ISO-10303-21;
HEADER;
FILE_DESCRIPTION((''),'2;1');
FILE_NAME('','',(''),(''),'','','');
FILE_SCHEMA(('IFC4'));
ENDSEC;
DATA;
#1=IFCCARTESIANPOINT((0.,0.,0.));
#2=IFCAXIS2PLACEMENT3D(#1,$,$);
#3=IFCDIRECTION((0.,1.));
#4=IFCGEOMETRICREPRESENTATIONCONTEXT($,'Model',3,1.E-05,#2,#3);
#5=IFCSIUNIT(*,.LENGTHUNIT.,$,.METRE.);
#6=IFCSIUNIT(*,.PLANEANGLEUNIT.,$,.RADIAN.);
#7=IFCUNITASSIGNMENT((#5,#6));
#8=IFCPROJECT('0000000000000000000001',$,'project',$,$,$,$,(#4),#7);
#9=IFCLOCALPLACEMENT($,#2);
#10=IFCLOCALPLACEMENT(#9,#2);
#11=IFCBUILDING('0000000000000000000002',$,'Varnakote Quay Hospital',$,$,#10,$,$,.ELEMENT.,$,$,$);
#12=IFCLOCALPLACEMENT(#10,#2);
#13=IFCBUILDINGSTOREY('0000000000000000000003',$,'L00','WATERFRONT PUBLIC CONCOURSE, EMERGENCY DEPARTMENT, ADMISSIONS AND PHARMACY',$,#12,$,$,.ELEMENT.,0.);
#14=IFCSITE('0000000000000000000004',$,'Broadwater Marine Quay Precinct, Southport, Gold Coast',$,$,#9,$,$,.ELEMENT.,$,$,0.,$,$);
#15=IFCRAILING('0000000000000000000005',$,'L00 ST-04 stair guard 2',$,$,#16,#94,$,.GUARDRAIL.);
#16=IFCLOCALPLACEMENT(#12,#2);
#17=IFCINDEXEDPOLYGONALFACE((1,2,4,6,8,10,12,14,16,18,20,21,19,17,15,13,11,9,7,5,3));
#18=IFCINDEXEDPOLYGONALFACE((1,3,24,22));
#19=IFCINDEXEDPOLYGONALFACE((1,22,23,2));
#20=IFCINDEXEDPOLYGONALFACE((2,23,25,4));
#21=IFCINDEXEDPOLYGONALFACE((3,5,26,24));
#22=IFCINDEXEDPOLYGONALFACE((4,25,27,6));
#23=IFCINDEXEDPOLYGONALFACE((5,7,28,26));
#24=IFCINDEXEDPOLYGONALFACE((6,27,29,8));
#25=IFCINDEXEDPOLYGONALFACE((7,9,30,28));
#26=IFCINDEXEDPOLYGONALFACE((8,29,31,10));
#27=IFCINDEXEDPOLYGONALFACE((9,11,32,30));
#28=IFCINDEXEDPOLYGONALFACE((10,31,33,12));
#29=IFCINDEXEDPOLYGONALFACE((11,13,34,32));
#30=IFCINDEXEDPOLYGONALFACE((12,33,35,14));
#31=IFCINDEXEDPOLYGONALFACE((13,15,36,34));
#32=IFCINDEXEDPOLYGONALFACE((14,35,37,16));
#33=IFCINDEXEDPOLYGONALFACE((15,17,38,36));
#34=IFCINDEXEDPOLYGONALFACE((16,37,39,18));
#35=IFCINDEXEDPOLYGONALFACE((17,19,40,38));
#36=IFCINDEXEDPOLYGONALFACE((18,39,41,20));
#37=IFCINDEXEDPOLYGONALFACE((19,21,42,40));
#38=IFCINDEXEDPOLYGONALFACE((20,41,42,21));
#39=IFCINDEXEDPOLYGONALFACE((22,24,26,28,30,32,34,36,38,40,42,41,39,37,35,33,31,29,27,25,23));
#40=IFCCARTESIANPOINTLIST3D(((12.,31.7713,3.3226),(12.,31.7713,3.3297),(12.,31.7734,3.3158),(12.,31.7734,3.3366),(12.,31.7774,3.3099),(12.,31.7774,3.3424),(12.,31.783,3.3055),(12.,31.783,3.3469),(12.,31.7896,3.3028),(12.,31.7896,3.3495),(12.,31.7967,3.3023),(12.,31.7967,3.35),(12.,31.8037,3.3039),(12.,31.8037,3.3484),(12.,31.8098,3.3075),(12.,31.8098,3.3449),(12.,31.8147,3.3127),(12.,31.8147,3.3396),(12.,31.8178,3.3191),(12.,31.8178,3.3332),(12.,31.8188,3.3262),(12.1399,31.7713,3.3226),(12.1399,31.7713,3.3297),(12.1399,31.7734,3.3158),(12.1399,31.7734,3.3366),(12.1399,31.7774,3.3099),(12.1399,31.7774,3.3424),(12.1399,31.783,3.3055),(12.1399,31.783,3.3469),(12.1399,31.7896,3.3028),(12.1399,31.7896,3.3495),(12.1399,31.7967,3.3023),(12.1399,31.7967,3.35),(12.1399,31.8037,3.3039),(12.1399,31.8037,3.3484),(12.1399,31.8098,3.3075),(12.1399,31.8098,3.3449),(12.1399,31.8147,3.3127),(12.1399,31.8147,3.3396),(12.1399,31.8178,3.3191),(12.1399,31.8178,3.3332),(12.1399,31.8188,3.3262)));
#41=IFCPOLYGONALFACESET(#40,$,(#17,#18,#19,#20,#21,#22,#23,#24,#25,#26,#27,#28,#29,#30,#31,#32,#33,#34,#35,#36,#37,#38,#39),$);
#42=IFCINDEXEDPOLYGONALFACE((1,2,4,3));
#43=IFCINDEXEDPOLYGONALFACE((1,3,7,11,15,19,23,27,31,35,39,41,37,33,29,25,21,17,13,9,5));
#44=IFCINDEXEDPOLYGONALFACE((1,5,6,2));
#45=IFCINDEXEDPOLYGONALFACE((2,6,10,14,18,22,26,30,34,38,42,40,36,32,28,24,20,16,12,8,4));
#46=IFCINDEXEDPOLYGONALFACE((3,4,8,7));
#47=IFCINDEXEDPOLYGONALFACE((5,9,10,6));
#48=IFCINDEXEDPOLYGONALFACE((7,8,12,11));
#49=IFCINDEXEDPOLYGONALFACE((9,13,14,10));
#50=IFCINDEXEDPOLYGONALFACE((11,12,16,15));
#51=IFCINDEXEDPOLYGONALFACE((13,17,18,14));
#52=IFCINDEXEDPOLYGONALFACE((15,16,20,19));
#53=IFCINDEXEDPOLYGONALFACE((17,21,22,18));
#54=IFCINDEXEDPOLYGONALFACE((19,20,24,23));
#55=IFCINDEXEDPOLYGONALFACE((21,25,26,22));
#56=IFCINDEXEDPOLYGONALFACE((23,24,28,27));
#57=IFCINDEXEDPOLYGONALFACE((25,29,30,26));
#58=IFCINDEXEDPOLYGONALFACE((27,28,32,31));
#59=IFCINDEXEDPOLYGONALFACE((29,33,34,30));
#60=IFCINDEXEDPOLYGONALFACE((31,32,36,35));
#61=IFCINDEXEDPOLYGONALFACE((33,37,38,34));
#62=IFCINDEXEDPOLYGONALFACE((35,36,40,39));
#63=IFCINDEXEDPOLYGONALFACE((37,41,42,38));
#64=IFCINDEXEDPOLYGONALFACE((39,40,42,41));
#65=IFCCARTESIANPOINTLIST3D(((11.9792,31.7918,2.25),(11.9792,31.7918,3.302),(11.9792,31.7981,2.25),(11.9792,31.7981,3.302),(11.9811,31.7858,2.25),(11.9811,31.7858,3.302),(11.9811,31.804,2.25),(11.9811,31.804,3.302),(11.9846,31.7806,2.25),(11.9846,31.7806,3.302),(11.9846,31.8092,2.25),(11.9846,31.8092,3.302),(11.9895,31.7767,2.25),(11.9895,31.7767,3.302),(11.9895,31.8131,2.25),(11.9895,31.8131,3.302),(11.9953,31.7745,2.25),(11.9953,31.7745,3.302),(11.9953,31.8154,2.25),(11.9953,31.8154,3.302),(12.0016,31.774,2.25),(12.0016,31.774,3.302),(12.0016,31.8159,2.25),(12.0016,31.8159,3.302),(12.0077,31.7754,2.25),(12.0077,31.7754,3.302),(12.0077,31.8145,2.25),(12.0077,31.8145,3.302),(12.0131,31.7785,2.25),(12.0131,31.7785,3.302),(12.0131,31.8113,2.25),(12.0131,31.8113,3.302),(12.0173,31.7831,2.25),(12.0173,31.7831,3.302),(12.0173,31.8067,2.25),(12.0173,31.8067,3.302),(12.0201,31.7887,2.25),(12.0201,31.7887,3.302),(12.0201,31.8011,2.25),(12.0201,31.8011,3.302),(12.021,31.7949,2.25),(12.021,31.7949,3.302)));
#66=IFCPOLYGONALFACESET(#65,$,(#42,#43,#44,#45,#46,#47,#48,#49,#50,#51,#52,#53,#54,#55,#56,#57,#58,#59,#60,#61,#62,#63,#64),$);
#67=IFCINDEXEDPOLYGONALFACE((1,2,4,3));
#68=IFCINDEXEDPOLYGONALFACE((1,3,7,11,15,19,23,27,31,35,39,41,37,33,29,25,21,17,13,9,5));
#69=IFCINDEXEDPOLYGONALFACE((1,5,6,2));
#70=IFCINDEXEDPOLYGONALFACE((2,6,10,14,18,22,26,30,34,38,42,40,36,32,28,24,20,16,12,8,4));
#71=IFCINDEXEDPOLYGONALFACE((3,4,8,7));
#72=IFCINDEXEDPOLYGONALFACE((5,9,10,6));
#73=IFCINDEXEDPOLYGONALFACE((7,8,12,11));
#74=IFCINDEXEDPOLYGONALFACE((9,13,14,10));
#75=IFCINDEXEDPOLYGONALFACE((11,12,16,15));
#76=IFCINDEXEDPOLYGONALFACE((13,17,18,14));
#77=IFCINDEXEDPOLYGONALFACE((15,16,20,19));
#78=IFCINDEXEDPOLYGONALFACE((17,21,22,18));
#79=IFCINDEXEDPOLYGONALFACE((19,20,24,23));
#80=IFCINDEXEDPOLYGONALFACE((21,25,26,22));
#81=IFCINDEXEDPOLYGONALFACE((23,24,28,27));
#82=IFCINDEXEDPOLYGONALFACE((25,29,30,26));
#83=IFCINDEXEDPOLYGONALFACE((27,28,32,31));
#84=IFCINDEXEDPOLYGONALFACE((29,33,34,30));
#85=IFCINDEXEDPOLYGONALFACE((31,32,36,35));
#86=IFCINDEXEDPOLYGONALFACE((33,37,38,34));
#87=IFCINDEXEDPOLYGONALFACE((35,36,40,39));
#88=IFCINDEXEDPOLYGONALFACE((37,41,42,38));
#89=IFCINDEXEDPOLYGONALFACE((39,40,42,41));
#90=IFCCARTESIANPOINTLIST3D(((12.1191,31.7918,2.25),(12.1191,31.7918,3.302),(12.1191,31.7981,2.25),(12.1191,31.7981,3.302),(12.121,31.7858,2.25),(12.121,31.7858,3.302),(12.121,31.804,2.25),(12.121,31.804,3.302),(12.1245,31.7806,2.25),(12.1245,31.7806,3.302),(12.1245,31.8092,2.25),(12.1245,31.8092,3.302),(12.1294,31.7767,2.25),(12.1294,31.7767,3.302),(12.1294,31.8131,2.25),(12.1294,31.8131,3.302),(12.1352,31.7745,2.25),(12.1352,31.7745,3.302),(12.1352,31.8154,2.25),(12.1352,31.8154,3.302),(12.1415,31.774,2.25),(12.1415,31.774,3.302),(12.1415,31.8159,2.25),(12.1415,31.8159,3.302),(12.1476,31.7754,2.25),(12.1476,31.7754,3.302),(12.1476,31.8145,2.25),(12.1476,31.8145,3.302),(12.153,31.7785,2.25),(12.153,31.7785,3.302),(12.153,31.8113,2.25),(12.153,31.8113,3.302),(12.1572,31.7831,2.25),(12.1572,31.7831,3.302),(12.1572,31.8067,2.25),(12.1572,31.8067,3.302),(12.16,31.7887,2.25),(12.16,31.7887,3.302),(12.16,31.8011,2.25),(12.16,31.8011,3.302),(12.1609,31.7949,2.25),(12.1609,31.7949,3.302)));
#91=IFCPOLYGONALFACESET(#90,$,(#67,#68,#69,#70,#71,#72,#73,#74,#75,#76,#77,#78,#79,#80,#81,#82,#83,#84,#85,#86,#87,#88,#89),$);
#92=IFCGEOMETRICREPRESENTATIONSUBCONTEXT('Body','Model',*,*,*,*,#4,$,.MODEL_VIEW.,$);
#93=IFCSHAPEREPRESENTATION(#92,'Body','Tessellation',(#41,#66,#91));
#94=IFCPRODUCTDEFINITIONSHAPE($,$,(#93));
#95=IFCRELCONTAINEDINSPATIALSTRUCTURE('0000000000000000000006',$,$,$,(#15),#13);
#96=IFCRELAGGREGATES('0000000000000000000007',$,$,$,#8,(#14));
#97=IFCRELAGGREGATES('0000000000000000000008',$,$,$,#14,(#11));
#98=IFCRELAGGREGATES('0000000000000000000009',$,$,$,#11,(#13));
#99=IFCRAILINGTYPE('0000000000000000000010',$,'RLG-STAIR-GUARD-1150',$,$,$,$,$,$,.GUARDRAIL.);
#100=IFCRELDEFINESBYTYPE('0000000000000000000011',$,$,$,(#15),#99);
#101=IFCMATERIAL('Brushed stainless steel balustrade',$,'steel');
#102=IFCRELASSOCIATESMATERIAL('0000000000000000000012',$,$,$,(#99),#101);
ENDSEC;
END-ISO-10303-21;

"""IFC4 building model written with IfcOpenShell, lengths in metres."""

from ifc_helpers import new_model, si_unit, direction, frame, origin, origin_2d, place, context, subcontext, project, spatial, circle, extrude, material, type_object, element, save


model = new_model("IFC4")

# Units and contexts
model_context = context("Model", 3, precision=1e-05, world=origin(), true_north=direction((0.0, 1.0)))
body_context = subcontext(model_context, "Body", "Model", "MODEL_VIEW")
ifc_project = project(units=[si_unit("LENGTHUNIT", "METRE"), si_unit("PLANEANGLEUNIT", "RADIAN")], contexts=[model_context])

# Site, building, storey
site_placement = place(None, origin())
site = spatial("IfcSite", under=ifc_project, at=site_placement, Name="Broadwater Marine Quay Precinct, Southport, Gold Coast", CompositionType="ELEMENT", RefElevation=0.0)
building_placement = place(site_placement, origin())
building = spatial("IfcBuilding", under=site, at=building_placement, Name="Varnakote Quay Hospital", CompositionType="ELEMENT")
storey_placement = place(building_placement, origin())
storey = spatial("IfcBuildingStorey", under=building, at=storey_placement, Name="L00", Description="WATERFRONT PUBLIC CONCOURSE, EMERGENCY DEPARTMENT, ADMISSIONS AND PHARMACY", CompositionType="ELEMENT", Elevation=0.0)

# Railing
ifc_material_1 = material(Name="Brushed stainless steel balustrade", Category="steel")
railing_type_1 = type_object("IfcRailingType", Name="RLG-STAIR-GUARD-1150", PredefinedType="GUARDRAIL", material=ifc_material_1)
railing_1_placement = place(storey_placement, frame((12.0, 31.7949, 2.25)))
element("IfcRailing", 1, at=railing_1_placement, inside=storey, type_object=railing_type_1, Name="L00 ST-04 stair guard 2", PredefinedType="GUARDRAIL", context=body_context, shape_type="SweptSolid", body=[
    extrude(circle(Radius=0.0239, at=origin_2d()), frame((0.0, 0.0, 1.0762), z_axis=(1.0, 0.0, 0.0), x_axis=(0.0, 1.0, 0.0)), (0.0, 0.0, 1.0), 0.1399),
    extrude(circle(Radius=0.021, at=origin_2d()), origin(), (0.0, 0.0, 1.0), 1.052),
    extrude(circle(Radius=0.021, at=origin_2d()), frame((0.1399, 0.0, 0.0)), (0.0, 0.0, 1.0), 1.052),
])

save(model, "model.ifc")
